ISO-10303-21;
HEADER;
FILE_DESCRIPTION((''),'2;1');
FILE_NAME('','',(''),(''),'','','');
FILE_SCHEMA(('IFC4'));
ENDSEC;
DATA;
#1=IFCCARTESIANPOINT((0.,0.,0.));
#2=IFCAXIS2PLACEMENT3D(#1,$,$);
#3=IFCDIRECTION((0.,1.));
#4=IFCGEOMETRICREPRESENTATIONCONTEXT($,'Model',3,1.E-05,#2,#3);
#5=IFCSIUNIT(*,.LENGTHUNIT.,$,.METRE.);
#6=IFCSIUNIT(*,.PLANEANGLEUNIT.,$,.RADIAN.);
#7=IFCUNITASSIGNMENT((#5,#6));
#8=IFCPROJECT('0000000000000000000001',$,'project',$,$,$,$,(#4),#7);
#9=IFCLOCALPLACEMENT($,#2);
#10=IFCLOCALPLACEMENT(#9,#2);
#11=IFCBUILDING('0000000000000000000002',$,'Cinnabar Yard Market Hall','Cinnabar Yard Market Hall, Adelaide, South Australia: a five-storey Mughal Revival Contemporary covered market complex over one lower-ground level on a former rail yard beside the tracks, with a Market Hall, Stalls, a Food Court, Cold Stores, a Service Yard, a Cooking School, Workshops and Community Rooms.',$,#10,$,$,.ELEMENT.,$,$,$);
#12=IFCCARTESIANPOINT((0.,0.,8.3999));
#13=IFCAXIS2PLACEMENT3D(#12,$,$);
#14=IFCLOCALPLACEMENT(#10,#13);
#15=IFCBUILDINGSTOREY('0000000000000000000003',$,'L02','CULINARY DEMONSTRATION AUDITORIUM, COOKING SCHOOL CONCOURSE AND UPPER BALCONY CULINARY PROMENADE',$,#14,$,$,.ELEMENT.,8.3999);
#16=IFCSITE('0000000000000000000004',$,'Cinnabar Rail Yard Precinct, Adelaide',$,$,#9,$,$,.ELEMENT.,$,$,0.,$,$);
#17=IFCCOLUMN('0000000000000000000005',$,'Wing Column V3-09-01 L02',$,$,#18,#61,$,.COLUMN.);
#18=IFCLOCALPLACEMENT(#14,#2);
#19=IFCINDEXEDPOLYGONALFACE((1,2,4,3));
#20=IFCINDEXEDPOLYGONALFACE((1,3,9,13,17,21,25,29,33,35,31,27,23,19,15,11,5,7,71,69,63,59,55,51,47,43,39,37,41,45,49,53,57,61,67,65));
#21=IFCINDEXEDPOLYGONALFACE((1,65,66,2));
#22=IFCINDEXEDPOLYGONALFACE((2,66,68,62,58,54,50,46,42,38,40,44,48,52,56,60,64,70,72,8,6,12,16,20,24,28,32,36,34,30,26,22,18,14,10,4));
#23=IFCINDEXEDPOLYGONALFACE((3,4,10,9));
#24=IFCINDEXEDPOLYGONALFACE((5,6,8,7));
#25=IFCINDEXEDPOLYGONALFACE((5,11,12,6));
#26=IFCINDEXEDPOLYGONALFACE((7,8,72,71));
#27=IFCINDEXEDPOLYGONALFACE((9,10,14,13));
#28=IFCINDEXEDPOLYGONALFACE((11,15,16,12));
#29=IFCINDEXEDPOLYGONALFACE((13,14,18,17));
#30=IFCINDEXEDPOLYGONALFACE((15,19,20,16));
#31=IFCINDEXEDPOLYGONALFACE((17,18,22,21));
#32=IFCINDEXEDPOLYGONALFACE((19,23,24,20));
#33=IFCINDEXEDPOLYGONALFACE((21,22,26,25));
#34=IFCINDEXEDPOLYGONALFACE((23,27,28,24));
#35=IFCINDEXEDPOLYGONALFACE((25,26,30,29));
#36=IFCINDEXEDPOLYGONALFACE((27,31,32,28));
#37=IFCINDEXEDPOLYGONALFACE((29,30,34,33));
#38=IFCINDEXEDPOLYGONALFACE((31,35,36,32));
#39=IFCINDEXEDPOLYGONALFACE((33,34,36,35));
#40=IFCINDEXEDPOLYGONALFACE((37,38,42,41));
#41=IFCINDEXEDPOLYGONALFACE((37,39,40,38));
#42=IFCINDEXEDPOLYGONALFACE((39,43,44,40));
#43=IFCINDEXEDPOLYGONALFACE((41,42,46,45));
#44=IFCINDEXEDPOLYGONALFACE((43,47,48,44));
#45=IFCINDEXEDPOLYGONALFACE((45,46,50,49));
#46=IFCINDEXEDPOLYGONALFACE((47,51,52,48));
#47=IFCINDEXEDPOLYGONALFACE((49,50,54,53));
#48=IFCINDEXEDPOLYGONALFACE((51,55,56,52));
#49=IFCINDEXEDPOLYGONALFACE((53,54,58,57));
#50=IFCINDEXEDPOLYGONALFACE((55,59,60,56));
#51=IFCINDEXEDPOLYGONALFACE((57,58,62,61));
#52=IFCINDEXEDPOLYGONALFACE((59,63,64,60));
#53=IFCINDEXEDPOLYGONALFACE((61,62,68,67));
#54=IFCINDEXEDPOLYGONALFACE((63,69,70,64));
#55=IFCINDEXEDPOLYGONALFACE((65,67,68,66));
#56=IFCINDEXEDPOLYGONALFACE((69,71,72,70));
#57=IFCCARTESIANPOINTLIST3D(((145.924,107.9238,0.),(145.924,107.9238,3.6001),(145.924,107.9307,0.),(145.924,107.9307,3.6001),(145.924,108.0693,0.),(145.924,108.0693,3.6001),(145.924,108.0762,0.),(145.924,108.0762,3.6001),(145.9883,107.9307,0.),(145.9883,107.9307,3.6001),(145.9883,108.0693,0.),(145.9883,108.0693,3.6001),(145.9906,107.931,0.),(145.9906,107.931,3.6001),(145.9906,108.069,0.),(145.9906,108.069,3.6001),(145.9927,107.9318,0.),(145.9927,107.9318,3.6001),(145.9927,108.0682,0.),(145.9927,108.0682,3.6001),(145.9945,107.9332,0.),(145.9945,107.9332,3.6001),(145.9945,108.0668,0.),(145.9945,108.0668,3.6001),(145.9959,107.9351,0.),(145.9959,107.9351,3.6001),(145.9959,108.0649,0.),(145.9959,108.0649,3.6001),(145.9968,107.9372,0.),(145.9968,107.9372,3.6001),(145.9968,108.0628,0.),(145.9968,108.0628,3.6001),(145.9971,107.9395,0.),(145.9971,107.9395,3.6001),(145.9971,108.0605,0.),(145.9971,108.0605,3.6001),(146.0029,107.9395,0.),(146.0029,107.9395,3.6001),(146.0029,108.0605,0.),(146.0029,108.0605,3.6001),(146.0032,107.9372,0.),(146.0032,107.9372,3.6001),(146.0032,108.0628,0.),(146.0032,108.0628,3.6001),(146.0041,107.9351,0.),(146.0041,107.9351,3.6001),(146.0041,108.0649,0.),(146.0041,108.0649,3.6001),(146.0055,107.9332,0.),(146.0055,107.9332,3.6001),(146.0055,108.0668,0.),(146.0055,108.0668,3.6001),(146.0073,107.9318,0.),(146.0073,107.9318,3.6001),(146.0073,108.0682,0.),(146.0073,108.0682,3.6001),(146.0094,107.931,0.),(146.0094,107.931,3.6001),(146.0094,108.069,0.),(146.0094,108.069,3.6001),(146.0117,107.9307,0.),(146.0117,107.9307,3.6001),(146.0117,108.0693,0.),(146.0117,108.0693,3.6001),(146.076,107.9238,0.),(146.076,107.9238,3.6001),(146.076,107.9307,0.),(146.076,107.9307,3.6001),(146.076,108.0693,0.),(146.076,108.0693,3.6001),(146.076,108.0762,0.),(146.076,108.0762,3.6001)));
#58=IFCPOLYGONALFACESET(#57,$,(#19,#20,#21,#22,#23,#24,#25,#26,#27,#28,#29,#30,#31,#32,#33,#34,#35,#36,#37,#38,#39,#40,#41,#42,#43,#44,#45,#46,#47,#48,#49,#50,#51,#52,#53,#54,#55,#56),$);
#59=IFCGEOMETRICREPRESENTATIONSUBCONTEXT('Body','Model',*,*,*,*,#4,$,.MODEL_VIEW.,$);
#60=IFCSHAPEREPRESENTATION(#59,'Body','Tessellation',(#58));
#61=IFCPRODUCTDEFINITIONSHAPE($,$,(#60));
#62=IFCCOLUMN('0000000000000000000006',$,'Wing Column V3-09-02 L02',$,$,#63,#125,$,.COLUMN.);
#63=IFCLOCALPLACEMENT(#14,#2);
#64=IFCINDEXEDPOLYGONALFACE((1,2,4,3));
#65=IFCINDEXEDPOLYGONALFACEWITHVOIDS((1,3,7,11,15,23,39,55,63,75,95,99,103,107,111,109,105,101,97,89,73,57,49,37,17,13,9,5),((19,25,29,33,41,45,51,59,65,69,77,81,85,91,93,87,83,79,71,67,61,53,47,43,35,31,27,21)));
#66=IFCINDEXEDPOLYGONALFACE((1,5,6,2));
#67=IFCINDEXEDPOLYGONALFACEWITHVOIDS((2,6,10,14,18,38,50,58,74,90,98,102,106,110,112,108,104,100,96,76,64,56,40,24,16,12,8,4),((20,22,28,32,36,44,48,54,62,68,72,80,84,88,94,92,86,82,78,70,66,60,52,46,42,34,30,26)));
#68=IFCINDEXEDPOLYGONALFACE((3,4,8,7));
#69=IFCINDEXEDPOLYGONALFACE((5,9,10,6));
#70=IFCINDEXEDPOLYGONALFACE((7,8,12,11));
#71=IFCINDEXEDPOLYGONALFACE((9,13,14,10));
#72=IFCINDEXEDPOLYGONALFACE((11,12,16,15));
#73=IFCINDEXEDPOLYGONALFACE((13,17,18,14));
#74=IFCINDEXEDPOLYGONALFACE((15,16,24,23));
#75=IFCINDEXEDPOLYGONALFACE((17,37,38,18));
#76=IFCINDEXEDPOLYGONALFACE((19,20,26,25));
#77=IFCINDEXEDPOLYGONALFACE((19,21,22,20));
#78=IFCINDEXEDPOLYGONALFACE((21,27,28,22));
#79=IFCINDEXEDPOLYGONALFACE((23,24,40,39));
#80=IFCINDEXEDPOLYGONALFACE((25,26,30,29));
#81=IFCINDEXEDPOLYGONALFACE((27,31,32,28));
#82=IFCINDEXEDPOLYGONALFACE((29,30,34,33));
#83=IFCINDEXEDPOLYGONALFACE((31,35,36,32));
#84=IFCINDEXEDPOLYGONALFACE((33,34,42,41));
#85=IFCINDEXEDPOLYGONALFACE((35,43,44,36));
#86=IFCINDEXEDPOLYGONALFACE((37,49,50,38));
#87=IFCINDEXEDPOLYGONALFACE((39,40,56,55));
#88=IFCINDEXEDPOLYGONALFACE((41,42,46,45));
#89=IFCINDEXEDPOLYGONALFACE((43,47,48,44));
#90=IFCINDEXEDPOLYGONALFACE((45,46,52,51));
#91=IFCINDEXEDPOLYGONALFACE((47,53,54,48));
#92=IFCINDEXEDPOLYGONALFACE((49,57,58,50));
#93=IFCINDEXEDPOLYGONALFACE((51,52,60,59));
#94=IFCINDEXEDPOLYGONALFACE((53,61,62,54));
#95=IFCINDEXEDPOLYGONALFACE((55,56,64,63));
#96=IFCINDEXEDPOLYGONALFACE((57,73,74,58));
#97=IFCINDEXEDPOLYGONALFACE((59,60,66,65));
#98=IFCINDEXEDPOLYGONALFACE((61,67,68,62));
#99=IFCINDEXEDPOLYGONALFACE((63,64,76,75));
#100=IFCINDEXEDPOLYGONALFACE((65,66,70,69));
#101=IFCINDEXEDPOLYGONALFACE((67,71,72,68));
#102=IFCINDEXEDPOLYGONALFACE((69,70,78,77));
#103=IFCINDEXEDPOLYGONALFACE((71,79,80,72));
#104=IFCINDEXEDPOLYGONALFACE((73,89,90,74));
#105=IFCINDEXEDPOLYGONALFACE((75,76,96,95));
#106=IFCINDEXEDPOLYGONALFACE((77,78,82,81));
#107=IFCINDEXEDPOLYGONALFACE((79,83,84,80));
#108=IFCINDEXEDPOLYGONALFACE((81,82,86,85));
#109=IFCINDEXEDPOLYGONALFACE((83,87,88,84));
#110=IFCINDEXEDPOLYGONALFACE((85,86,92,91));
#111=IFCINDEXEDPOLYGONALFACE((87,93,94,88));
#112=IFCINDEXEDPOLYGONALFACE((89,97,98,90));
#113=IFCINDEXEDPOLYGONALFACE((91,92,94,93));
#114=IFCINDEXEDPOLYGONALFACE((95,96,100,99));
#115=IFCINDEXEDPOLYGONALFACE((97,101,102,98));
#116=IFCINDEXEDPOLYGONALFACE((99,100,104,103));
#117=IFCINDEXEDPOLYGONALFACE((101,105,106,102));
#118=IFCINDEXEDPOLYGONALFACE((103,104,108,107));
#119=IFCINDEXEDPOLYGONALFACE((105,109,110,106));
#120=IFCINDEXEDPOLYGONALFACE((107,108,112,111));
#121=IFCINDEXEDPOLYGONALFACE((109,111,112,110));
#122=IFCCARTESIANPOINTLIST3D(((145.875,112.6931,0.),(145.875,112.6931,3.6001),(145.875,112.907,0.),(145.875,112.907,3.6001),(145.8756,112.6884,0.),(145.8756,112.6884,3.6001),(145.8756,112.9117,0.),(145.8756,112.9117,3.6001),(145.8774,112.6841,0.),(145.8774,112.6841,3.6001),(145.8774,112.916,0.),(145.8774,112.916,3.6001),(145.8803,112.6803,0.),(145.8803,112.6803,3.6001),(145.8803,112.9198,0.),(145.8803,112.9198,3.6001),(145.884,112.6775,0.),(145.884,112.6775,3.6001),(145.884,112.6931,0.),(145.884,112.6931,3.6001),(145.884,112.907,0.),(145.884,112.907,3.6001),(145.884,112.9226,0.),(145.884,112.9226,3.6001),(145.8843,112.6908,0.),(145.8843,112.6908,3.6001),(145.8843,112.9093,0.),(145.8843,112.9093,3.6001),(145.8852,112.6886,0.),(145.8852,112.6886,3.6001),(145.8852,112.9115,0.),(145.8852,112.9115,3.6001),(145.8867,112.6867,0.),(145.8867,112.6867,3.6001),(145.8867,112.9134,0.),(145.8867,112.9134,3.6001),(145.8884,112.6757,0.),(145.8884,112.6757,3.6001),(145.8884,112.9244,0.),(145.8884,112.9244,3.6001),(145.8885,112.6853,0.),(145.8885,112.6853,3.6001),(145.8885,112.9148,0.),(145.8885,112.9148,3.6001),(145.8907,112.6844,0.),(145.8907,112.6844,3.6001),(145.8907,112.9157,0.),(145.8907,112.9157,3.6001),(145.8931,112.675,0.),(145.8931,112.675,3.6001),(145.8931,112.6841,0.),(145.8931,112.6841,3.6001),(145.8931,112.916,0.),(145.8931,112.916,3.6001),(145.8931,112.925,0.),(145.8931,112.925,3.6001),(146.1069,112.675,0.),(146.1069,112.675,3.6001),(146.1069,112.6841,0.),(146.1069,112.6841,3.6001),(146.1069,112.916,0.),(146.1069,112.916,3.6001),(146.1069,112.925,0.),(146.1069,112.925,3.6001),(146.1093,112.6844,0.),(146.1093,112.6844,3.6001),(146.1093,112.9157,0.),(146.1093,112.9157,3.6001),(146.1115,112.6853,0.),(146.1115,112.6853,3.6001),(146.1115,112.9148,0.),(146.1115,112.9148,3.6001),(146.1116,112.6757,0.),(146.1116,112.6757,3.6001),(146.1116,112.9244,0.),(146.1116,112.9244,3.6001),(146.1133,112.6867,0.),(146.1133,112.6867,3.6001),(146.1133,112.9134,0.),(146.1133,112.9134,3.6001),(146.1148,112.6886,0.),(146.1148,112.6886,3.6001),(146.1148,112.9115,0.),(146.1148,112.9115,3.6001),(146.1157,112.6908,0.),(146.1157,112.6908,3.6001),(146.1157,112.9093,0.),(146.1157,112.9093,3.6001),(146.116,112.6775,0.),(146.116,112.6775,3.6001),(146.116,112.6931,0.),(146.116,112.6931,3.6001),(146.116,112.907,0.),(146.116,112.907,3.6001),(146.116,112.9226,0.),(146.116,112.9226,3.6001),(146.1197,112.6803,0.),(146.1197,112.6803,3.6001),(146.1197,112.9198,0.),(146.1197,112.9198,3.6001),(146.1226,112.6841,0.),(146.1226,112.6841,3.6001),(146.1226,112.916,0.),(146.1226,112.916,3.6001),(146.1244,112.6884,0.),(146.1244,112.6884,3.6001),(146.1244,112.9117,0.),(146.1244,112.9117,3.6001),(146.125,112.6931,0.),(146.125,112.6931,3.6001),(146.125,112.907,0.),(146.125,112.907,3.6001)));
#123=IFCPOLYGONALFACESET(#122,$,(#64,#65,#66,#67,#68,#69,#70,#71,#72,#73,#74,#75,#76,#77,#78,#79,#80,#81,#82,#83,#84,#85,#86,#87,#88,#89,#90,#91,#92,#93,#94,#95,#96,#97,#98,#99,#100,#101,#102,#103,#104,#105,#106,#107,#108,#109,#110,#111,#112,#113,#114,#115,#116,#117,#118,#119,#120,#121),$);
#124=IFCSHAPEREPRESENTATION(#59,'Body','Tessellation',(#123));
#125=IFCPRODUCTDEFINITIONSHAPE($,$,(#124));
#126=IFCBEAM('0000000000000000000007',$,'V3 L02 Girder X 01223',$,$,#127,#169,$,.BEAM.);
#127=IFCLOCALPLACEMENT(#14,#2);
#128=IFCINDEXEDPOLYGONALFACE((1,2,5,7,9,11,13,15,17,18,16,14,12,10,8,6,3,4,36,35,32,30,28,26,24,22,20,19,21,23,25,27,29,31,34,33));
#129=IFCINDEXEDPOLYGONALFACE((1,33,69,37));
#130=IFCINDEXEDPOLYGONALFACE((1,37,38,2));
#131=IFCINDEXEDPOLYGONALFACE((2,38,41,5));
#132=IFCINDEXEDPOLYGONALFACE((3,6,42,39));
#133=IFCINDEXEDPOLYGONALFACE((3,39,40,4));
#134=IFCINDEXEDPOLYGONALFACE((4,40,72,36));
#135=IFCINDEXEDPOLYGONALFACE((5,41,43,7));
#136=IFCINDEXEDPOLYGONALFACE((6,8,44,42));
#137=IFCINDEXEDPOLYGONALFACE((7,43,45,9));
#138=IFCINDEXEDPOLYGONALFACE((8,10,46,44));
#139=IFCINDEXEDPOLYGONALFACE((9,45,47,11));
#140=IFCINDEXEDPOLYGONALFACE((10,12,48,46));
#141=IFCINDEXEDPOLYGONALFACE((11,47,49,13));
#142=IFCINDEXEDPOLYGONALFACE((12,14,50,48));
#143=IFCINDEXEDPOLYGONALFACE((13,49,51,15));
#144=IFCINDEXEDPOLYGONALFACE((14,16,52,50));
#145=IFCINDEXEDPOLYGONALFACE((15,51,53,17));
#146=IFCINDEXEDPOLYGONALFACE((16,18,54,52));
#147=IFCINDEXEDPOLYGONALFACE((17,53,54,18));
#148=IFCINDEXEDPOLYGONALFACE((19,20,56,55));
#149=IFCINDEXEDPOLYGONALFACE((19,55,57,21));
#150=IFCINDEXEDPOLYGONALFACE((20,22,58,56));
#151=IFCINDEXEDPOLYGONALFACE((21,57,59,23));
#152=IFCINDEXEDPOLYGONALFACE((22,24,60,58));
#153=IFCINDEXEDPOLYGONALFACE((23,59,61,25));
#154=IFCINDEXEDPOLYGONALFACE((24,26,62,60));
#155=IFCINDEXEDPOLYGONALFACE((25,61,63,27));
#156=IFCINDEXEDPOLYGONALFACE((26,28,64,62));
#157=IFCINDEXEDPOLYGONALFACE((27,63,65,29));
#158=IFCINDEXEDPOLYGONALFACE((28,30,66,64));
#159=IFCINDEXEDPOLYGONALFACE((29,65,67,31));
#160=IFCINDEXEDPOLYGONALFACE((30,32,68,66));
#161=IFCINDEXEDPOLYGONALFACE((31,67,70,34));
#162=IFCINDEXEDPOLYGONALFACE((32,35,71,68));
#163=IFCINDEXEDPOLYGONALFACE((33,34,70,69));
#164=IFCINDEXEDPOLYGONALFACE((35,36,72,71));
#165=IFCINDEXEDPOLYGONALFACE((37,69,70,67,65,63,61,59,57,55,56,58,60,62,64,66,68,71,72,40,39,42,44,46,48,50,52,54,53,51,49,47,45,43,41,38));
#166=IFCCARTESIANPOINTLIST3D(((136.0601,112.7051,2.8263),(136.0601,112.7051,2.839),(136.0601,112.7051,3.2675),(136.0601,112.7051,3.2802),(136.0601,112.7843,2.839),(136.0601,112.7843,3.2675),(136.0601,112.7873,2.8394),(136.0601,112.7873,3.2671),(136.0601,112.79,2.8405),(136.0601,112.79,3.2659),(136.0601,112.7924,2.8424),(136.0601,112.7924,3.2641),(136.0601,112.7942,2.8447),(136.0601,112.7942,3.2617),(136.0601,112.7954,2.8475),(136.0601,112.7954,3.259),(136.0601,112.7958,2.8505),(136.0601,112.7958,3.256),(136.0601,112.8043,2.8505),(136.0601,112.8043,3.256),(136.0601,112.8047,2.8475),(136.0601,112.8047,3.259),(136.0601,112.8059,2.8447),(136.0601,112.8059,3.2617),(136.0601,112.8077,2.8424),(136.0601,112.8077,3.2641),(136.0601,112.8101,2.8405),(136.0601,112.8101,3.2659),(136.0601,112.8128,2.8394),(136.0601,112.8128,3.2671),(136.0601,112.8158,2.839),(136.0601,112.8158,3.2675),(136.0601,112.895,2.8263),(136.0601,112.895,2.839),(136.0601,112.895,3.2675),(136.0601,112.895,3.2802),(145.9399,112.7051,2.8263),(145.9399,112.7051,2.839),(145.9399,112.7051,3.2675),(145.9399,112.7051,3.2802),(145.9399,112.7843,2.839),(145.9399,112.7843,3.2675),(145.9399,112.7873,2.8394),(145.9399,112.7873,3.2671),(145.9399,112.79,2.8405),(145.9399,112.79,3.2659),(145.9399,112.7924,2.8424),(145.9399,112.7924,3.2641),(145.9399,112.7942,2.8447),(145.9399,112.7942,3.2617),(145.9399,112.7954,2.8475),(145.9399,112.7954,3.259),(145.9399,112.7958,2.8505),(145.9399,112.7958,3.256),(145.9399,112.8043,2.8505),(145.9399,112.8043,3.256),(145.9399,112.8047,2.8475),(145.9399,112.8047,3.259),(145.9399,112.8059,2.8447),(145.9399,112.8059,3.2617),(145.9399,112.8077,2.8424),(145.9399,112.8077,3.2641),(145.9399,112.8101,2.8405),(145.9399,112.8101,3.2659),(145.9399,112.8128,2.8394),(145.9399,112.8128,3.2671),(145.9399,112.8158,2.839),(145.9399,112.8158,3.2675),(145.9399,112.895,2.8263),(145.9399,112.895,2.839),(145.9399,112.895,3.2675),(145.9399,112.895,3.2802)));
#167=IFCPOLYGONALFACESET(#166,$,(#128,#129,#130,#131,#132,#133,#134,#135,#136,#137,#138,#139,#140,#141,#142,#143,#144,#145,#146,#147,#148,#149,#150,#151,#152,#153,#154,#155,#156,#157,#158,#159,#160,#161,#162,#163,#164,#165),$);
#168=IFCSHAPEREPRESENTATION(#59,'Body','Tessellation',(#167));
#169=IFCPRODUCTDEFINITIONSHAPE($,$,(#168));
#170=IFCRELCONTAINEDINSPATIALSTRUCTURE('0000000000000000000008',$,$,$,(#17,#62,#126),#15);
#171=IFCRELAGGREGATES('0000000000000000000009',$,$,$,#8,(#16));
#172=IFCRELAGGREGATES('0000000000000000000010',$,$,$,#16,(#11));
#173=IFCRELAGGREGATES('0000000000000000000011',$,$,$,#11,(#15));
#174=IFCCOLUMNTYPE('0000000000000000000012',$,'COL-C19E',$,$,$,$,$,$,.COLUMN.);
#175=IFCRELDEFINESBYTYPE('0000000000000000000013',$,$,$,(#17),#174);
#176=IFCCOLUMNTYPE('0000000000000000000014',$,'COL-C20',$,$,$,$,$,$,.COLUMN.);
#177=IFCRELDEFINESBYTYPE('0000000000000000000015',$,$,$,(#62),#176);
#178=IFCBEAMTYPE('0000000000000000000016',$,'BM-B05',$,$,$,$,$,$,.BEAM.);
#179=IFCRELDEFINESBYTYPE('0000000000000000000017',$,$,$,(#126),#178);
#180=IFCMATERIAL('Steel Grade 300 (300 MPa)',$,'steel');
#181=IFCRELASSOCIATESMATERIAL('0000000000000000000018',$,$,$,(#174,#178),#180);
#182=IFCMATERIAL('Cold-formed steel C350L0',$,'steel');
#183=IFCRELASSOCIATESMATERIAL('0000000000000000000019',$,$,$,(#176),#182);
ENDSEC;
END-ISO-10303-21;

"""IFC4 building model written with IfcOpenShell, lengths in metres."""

from ifc_helpers import new_model, si_unit, direction, frame, origin, origin_2d_with_axis, place, context, subcontext, project, spatial, hollow_rectangle, i_section, extrude, material, material_profile, profile_set, type_object, element, save


model = new_model("IFC4")

# Units and contexts
model_context = context("Model", 3, precision=1e-05, world=origin(), true_north=direction((0.0, 1.0)))
body_context = subcontext(model_context, "Body", "Model", "MODEL_VIEW")
ifc_project = project(units=[si_unit("LENGTHUNIT", "METRE"), si_unit("PLANEANGLEUNIT", "RADIAN")], contexts=[model_context])

# Site, building, storey
site_placement = place(None, origin())
site = spatial("IfcSite", under=ifc_project, at=site_placement, Name="Cinnabar Rail Yard Precinct, Adelaide", CompositionType="ELEMENT", RefElevation=0.0)
building_placement = place(site_placement, origin())
building = spatial("IfcBuilding", under=site, at=building_placement, Name="Cinnabar Yard Market Hall", Description="Cinnabar Yard Market Hall, Adelaide, South Australia: a five-storey Mughal Revival Contemporary covered market complex over one lower-ground level on a former rail yard beside the tracks, with a Market Hall, Stalls, a Food Court, Cold Stores, a Service Yard, a Cooking School, Workshops and Community Rooms.", CompositionType="ELEMENT")
storey_placement = place(building_placement, frame((0.0, 0.0, 8.3999)))
storey = spatial("IfcBuildingStorey", under=building, at=storey_placement, Name="L02", Description="CULINARY DEMONSTRATION AUDITORIUM, COOKING SCHOOL CONCOURSE AND UPPER BALCONY CULINARY PROMENADE", CompositionType="ELEMENT", Elevation=8.3999)

# Columns
ifc_material_1 = material(Name="Steel Grade 300 (300 MPa)", Category="steel")
ifc_material_profile_1 = material_profile(ifc_material_1, i_section(OverallWidth=0.1521, OverallDepth=0.1523, WebThickness=0.0059, FlangeThickness=0.0068, FilletRadius=0.0088, at=origin_2d_with_axis()), Name="150UC23.4")
ifc_profile_set_1 = profile_set([ifc_material_profile_1], Name="Steel Grade 300 (300 MPa)")
column_type_1 = type_object("IfcColumnType", Name="COL-C19E", PredefinedType="COLUMN", material=ifc_profile_set_1)
column_1_placement = place(storey_placement, frame((146.0, 108.0, 0.0), z_axis=(0.0, 0.0, 1.0), x_axis=(1.0, 0.0, 0.0)))
element("IfcColumn", 1, at=column_1_placement, inside=storey, type_object=column_type_1, Name="Wing Column V3-09-01 L02", PredefinedType="COLUMN", context=body_context, shape_type="SweptSolid", body=[
    extrude(i_section(OverallWidth=0.1521, OverallDepth=0.1523, WebThickness=0.0059, FlangeThickness=0.0068, FilletRadius=0.0088, at=origin_2d_with_axis()), origin(), (0.0, 0.0, 1.0), 3.6001),
])
ifc_material_2 = material(Name="Cold-formed steel C350L0", Category="steel")
ifc_material_profile_2 = material_profile(ifc_material_2, hollow_rectangle(XDim=0.25, YDim=0.25, WallThickness=0.009, InnerFilletRadius=0.009, OuterFilletRadius=0.0181, at=origin_2d_with_axis()), Name="250x250x9.0SHS")
ifc_profile_set_2 = profile_set([ifc_material_profile_2], Name="Cold-formed steel C350L0")
column_type_2 = type_object("IfcColumnType", Name="COL-C20", PredefinedType="COLUMN", material=ifc_profile_set_2)
column_2_placement = place(storey_placement, frame((146.0, 112.8, 0.0), z_axis=(0.0, 0.0, 1.0), x_axis=(1.0, 0.0, 0.0)))
element("IfcColumn", 2, at=column_2_placement, inside=storey, type_object=column_type_2, Name="Wing Column V3-09-02 L02", PredefinedType="COLUMN", context=body_context, shape_type="SweptSolid", body=[
    extrude(hollow_rectangle(XDim=0.25, YDim=0.25, WallThickness=0.009, InnerFilletRadius=0.009, OuterFilletRadius=0.0181, at=origin_2d_with_axis()), origin(), (0.0, 0.0, 1.0), 3.6001),
])

# Beam
ifc_material_profile_3 = material_profile(ifc_material_1, i_section(OverallWidth=0.1899, OverallDepth=0.4539, WebThickness=0.0085, FlangeThickness=0.0127, FilletRadius=0.0115, at=origin_2d_with_axis()), Name="460UB67.1")
ifc_profile_set_3 = profile_set([ifc_material_profile_3], Name="Steel Grade 300 (300 MPa)")
beam_type_1 = type_object("IfcBeamType", Name="BM-B05", PredefinedType="BEAM", material=ifc_profile_set_3)
for number, where, z_axis, x_axis, name in (
    (3, (136.0601, 112.8, 3.0532), (1.0, 0.0, 0.0), (0.0, 1.0, 0.0), "V3 L02 Girder X 01223"),
):
    element("IfcBeam", number, at=place(storey_placement, frame(where, z_axis=z_axis, x_axis=x_axis)), inside=storey, type_object=beam_type_1, Name=name, PredefinedType="BEAM", context=body_context, shape_type="SweptSolid", body=[
        extrude(i_section(OverallWidth=0.1899, OverallDepth=0.4539, WebThickness=0.0085, FlangeThickness=0.0127, FilletRadius=0.0115, at=origin_2d_with_axis()), origin(), (0.0, 0.0, 1.0), 9.8799),
    ])

save(model, "model.ifc")
